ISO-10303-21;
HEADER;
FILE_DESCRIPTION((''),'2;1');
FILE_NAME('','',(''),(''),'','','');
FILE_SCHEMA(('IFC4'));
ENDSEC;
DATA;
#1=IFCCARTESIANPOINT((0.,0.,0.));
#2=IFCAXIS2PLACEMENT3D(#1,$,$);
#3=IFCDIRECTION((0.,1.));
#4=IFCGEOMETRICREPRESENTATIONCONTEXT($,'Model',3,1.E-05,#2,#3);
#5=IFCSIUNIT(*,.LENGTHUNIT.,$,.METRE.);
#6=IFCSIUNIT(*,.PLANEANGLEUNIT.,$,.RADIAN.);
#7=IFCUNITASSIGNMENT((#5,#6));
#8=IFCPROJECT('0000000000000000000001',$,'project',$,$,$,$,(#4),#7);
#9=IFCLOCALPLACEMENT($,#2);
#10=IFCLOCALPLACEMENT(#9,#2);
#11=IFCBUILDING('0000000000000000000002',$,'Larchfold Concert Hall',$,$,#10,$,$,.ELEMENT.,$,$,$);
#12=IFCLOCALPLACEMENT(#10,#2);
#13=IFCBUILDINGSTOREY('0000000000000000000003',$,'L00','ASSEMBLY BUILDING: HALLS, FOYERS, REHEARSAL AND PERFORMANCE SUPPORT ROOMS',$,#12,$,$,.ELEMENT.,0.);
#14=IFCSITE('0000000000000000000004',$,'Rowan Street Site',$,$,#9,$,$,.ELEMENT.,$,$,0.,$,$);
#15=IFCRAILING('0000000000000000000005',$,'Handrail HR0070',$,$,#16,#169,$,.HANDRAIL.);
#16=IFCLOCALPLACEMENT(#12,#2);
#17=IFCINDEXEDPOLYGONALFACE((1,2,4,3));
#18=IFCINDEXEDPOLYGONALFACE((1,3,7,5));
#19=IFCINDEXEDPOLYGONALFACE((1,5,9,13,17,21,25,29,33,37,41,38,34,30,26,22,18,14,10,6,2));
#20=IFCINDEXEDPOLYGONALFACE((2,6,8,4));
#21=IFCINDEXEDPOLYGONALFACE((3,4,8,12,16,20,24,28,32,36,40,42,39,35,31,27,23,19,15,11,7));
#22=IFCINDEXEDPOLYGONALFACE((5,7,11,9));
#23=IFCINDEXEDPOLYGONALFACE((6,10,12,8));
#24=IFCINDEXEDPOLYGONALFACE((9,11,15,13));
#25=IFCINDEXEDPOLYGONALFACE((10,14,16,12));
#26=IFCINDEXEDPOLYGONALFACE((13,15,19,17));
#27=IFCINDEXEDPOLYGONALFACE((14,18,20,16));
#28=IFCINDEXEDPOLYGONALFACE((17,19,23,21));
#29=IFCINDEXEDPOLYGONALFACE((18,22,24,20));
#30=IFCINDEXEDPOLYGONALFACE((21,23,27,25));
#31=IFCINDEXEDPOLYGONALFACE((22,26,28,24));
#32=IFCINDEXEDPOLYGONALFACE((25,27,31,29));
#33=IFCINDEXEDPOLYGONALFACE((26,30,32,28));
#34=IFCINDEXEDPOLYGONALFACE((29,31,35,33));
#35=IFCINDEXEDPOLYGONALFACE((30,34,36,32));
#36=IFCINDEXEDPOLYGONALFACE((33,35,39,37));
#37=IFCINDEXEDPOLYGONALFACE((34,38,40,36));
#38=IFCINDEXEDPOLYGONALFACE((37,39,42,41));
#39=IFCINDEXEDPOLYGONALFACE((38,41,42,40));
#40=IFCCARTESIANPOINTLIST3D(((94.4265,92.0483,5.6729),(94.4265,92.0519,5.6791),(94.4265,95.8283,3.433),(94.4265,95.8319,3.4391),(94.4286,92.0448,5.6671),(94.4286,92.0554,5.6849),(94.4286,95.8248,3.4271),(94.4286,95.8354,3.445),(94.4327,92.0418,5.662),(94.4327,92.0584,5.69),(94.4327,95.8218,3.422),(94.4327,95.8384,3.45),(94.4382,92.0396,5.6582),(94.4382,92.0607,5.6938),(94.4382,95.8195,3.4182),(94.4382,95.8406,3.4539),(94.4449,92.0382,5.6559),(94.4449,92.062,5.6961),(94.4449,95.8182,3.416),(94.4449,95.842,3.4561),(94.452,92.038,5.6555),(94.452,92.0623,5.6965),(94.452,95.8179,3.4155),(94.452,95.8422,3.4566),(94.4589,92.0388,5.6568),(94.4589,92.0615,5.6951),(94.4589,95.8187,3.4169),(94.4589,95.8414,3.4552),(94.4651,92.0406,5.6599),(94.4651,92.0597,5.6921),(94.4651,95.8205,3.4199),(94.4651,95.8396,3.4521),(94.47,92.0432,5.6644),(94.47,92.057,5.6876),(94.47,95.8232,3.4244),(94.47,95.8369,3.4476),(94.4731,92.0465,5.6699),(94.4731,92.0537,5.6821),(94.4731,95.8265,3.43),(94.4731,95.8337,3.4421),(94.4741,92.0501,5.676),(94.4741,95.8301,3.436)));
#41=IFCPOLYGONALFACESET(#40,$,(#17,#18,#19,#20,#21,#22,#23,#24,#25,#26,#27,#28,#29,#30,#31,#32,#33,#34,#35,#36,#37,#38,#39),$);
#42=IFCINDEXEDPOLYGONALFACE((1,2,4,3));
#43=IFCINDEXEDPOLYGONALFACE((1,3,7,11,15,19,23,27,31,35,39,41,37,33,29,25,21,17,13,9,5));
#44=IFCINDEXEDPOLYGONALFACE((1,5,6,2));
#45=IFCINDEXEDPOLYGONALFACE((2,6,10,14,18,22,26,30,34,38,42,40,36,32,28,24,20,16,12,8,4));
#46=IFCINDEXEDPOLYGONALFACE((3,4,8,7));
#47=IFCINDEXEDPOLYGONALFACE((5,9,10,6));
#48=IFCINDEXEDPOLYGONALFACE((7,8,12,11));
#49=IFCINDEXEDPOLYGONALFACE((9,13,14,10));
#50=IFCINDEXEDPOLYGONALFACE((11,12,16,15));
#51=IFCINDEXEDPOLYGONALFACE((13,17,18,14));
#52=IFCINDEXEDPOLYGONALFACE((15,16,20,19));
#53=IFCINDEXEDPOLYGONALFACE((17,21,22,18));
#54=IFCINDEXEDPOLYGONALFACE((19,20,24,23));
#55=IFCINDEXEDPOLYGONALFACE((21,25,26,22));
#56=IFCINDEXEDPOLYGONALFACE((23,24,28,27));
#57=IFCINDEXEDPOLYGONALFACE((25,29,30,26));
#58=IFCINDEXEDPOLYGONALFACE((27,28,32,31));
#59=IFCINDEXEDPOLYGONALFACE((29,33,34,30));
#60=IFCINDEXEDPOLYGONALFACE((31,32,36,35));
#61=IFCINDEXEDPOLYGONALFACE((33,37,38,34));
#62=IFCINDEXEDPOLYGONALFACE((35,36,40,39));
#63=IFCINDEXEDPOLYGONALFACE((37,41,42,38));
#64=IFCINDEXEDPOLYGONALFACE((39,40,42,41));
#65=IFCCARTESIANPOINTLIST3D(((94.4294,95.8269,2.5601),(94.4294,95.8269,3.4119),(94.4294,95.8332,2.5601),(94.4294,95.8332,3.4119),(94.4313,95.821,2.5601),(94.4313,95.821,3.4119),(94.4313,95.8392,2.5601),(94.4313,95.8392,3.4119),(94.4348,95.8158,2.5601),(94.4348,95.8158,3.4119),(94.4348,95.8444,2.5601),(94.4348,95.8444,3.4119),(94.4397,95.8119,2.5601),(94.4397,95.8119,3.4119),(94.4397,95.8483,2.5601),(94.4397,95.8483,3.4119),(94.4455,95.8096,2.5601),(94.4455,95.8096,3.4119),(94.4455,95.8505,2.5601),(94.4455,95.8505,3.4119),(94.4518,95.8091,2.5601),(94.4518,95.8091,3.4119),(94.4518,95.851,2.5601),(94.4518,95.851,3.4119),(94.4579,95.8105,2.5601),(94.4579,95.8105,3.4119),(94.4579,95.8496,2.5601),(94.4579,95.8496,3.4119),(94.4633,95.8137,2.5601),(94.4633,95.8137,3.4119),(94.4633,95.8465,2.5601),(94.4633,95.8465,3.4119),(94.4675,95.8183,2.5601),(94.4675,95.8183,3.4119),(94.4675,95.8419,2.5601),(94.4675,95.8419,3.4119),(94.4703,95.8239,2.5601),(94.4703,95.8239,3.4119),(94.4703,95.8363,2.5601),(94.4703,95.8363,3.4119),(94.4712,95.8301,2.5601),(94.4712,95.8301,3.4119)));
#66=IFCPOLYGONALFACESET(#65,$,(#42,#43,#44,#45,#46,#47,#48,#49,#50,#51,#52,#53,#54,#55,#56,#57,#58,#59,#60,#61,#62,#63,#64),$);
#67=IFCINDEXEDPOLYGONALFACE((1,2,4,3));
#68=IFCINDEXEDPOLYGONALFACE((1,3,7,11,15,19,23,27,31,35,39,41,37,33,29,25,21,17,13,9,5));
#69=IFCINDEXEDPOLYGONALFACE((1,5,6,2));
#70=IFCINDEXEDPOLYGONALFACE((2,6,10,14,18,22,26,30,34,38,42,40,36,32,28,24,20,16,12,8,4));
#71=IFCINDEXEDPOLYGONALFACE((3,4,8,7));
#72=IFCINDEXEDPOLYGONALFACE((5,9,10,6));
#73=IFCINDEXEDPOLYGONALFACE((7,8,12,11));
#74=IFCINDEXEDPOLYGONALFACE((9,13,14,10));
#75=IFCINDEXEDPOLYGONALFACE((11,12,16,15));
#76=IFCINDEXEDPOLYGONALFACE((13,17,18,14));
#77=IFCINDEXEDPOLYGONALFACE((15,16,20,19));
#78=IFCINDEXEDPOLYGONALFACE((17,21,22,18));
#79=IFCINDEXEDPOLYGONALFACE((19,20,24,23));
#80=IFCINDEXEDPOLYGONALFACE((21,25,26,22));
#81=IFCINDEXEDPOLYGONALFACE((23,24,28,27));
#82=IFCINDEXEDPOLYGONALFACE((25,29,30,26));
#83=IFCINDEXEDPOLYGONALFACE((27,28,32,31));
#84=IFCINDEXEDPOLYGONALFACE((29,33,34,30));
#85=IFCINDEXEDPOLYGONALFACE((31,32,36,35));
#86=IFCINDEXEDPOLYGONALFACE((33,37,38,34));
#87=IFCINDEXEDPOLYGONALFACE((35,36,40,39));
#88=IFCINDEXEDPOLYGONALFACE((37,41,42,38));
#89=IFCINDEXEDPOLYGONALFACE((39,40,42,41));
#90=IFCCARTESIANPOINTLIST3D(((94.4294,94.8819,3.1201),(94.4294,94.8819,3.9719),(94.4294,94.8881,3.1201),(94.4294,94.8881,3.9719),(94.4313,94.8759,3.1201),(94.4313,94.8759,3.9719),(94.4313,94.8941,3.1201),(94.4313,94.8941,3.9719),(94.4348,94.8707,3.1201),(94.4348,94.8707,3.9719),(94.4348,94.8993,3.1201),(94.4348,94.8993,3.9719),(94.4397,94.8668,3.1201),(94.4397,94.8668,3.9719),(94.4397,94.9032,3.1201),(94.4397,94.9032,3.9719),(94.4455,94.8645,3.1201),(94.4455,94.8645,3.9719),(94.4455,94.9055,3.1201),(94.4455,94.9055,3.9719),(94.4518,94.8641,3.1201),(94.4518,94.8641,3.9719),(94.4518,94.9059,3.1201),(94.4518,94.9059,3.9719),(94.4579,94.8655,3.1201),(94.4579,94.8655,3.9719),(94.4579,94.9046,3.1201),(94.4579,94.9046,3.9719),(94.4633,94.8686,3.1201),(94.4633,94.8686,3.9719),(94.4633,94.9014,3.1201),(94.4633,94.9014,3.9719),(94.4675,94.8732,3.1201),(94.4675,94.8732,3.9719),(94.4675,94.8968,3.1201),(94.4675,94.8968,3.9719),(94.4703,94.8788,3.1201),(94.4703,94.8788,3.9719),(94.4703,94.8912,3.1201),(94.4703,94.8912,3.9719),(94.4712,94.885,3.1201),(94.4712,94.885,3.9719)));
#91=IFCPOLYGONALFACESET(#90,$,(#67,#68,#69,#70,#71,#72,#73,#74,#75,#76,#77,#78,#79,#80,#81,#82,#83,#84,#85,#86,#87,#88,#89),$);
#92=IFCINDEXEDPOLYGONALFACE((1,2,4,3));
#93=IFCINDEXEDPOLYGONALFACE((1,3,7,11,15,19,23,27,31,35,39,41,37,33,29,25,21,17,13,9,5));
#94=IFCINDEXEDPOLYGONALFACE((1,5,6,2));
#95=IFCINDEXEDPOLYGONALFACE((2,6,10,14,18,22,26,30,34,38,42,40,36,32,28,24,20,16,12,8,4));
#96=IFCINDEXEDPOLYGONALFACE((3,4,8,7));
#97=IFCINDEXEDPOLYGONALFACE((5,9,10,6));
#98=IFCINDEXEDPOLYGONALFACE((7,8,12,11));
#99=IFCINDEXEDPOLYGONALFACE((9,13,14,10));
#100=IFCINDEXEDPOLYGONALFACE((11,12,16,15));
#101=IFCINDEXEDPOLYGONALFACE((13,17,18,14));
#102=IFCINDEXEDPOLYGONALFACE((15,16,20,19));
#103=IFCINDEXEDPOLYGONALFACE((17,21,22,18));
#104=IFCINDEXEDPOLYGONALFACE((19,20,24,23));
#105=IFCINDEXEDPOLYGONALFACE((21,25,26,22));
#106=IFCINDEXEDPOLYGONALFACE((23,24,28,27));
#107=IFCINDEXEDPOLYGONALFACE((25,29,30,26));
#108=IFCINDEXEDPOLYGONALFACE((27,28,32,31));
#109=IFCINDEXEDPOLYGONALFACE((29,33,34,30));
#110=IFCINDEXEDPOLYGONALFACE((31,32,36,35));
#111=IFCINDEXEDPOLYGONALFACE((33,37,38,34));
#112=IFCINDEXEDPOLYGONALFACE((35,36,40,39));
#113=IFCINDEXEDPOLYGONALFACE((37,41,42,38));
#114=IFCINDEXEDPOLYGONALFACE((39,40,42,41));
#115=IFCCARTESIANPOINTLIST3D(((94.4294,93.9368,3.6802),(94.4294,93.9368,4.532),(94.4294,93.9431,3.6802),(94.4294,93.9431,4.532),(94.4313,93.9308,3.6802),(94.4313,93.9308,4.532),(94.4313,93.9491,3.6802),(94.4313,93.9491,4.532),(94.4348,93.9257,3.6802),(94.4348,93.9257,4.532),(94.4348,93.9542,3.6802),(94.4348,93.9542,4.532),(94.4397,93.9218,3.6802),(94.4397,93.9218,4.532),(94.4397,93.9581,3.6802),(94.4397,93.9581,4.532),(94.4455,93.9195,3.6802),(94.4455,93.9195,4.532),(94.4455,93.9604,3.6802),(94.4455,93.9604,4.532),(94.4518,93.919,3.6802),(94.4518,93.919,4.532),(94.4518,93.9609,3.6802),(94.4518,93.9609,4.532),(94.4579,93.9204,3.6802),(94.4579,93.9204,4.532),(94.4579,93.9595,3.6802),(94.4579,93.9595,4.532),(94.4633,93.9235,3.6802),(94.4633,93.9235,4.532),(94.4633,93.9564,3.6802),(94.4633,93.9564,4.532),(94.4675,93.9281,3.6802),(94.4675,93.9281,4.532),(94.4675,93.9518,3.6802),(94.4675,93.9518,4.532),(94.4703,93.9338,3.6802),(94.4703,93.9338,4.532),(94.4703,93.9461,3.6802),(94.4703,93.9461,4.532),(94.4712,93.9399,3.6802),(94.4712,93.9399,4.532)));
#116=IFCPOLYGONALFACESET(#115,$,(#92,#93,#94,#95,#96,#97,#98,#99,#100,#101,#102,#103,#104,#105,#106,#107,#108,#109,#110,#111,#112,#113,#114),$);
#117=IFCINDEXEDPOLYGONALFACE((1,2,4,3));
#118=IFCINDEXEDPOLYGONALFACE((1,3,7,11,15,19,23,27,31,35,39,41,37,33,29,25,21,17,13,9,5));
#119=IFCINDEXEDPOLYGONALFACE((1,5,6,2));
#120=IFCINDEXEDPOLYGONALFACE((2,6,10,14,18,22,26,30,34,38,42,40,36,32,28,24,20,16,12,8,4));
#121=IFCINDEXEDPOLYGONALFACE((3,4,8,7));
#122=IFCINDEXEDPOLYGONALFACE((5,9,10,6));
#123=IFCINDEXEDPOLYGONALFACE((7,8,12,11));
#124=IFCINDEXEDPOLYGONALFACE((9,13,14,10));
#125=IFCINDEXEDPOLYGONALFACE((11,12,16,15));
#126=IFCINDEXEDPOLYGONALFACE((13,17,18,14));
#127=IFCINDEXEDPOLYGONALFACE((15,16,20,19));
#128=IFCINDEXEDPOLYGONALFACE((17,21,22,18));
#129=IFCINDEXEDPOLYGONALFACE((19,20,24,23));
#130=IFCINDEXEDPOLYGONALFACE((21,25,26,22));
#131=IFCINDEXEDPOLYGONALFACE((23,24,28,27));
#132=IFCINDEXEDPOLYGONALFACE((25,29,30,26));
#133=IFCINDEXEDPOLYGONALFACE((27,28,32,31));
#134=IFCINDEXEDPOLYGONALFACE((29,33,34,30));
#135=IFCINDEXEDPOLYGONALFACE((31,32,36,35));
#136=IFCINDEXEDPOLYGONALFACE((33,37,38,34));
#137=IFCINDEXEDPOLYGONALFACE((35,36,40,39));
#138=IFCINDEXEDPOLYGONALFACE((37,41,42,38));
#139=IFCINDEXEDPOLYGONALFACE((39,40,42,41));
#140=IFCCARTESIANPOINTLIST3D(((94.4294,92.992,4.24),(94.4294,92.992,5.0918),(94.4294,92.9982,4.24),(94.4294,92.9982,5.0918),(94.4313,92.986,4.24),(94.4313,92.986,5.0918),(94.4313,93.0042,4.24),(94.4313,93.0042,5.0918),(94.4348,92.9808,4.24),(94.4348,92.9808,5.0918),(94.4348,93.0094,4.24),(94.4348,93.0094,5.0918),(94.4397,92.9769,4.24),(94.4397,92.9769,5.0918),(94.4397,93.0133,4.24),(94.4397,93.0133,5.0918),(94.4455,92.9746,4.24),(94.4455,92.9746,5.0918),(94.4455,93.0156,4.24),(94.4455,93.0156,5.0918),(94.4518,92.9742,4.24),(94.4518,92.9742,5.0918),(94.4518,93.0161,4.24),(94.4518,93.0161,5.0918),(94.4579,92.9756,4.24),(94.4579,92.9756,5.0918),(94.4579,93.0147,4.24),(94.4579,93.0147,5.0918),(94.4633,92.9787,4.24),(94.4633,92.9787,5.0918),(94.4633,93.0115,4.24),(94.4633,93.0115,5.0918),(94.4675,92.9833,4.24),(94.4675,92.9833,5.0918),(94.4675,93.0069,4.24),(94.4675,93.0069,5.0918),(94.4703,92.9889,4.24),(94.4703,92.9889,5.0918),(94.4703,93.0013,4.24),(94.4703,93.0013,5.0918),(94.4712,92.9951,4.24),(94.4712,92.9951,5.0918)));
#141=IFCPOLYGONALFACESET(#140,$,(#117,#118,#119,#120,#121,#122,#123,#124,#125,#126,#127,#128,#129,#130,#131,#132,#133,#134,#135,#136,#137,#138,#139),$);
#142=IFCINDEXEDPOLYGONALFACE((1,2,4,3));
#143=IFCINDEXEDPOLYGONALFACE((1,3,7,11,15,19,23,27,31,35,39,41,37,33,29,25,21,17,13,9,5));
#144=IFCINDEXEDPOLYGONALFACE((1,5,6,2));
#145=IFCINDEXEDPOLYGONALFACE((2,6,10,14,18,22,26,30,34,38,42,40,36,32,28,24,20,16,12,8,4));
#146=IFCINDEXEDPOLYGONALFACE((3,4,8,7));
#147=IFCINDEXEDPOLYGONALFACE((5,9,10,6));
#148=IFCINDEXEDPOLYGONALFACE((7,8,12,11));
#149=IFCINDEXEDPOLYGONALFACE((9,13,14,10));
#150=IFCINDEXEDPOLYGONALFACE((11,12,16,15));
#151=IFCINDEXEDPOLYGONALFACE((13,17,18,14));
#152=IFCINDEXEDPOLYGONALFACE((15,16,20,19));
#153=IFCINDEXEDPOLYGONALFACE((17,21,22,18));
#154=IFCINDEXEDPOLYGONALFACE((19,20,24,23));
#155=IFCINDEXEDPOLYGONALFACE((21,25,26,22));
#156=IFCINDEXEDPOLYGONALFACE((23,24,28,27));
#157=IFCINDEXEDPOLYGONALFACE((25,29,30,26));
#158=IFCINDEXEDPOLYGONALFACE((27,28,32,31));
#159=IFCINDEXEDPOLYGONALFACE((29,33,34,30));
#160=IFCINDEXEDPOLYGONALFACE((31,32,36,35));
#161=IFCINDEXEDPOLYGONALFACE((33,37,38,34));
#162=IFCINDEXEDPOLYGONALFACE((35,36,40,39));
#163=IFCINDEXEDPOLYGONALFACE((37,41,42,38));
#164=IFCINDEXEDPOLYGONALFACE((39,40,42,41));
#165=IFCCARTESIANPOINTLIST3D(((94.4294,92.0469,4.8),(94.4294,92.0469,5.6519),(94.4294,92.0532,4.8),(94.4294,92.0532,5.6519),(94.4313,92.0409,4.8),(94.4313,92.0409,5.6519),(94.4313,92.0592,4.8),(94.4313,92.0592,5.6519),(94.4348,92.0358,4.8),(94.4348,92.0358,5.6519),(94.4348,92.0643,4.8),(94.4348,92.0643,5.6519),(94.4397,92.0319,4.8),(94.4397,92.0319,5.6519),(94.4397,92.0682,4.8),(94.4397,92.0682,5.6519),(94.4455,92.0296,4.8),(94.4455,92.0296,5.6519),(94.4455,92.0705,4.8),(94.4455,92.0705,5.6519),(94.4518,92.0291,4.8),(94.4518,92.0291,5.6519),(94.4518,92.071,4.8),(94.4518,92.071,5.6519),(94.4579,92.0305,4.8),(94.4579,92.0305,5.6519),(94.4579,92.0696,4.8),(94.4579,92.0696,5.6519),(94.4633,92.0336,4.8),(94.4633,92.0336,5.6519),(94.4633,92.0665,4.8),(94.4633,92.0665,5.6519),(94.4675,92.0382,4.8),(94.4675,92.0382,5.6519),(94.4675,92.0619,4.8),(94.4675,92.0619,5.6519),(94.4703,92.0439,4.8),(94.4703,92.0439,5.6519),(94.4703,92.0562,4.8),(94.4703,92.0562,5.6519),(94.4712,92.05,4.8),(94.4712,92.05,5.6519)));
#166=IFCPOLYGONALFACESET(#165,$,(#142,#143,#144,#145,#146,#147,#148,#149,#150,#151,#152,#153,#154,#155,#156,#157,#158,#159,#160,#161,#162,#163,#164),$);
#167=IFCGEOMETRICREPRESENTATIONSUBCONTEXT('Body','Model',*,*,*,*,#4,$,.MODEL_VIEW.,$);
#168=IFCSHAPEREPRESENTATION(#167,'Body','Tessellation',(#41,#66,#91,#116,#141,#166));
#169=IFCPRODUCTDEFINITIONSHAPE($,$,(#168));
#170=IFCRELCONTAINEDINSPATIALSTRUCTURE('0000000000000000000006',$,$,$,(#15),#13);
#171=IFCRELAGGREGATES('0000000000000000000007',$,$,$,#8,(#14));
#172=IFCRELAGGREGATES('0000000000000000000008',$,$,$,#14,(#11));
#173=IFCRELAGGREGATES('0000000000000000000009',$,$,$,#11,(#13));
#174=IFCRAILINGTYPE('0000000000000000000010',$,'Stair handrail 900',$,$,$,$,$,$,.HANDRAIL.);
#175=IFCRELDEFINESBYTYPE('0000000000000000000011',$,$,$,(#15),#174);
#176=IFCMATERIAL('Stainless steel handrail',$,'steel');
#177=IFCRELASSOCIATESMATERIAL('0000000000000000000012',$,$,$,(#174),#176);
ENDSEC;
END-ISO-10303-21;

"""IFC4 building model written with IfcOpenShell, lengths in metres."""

from ifc_helpers import new_model, si_unit, direction, frame, origin, origin_2d, place, context, subcontext, project, spatial, circle, extrude, material, type_object, element, save


model = new_model("IFC4")

# Units and contexts
model_context = context("Model", 3, precision=1e-05, world=origin(), true_north=direction((0.0, 1.0)))
body_context = subcontext(model_context, "Body", "Model", "MODEL_VIEW")
ifc_project = project(units=[si_unit("LENGTHUNIT", "METRE"), si_unit("PLANEANGLEUNIT", "RADIAN")], contexts=[model_context])

# Site, building, storey
site_placement = place(None, origin())
site = spatial("IfcSite", under=ifc_project, at=site_placement, Name="Rowan Street Site", CompositionType="ELEMENT", RefElevation=0.0)
building_placement = place(site_placement, origin())
building = spatial("IfcBuilding", under=site, at=building_placement, Name="Larchfold Concert Hall", CompositionType="ELEMENT")
storey_placement = place(building_placement, origin())
storey = spatial("IfcBuildingStorey", under=building, at=storey_placement, Name="L00", Description="ASSEMBLY BUILDING: HALLS, FOYERS, REHEARSAL AND PERFORMANCE SUPPORT ROOMS", CompositionType="ELEMENT", Elevation=0.0)

# Railing
ifc_material_1 = material(Name="Stainless steel handrail", Category="steel")
railing_type_1 = type_object("IfcRailingType", Name="Stair handrail 900", PredefinedType="HANDRAIL", material=ifc_material_1)
railing_1_placement = place(storey_placement, frame((94.4502, 95.8301, 2.5601)))
element("IfcRailing", 1, at=railing_1_placement, inside=storey, type_object=railing_type_1, Name="Handrail HR0070", PredefinedType="HANDRAIL", context=body_context, shape_type="SweptSolid", body=[
    extrude(circle(Radius=0.0239, at=origin_2d()), frame((0.0, 0.0, 0.876), z_axis=(0.0, -0.860294, 0.509798), x_axis=(1.0, 0.0, 0.0)), (0.0, 0.0, 1.0), 4.3938),
    extrude(circle(Radius=0.021, at=origin_2d()), origin(), (0.0, 0.0, 1.0), 0.8518),
    extrude(circle(Radius=0.021, at=origin_2d()), frame((0.0, -0.9451, 0.5601)), (0.0, 0.0, 1.0), 0.8518),
    extrude(circle(Radius=0.021, at=origin_2d()), frame((0.0, -1.8901, 1.1201)), (0.0, 0.0, 1.0), 0.8518),
    extrude(circle(Radius=0.021, at=origin_2d()), frame((0.0, -2.835, 1.6799)), (0.0, 0.0, 1.0), 0.8518),
    extrude(circle(Radius=0.021, at=origin_2d()), frame((0.0, -3.78, 2.24)), (0.0, 0.0, 1.0), 0.8518),
])

save(model, "model.ifc")
